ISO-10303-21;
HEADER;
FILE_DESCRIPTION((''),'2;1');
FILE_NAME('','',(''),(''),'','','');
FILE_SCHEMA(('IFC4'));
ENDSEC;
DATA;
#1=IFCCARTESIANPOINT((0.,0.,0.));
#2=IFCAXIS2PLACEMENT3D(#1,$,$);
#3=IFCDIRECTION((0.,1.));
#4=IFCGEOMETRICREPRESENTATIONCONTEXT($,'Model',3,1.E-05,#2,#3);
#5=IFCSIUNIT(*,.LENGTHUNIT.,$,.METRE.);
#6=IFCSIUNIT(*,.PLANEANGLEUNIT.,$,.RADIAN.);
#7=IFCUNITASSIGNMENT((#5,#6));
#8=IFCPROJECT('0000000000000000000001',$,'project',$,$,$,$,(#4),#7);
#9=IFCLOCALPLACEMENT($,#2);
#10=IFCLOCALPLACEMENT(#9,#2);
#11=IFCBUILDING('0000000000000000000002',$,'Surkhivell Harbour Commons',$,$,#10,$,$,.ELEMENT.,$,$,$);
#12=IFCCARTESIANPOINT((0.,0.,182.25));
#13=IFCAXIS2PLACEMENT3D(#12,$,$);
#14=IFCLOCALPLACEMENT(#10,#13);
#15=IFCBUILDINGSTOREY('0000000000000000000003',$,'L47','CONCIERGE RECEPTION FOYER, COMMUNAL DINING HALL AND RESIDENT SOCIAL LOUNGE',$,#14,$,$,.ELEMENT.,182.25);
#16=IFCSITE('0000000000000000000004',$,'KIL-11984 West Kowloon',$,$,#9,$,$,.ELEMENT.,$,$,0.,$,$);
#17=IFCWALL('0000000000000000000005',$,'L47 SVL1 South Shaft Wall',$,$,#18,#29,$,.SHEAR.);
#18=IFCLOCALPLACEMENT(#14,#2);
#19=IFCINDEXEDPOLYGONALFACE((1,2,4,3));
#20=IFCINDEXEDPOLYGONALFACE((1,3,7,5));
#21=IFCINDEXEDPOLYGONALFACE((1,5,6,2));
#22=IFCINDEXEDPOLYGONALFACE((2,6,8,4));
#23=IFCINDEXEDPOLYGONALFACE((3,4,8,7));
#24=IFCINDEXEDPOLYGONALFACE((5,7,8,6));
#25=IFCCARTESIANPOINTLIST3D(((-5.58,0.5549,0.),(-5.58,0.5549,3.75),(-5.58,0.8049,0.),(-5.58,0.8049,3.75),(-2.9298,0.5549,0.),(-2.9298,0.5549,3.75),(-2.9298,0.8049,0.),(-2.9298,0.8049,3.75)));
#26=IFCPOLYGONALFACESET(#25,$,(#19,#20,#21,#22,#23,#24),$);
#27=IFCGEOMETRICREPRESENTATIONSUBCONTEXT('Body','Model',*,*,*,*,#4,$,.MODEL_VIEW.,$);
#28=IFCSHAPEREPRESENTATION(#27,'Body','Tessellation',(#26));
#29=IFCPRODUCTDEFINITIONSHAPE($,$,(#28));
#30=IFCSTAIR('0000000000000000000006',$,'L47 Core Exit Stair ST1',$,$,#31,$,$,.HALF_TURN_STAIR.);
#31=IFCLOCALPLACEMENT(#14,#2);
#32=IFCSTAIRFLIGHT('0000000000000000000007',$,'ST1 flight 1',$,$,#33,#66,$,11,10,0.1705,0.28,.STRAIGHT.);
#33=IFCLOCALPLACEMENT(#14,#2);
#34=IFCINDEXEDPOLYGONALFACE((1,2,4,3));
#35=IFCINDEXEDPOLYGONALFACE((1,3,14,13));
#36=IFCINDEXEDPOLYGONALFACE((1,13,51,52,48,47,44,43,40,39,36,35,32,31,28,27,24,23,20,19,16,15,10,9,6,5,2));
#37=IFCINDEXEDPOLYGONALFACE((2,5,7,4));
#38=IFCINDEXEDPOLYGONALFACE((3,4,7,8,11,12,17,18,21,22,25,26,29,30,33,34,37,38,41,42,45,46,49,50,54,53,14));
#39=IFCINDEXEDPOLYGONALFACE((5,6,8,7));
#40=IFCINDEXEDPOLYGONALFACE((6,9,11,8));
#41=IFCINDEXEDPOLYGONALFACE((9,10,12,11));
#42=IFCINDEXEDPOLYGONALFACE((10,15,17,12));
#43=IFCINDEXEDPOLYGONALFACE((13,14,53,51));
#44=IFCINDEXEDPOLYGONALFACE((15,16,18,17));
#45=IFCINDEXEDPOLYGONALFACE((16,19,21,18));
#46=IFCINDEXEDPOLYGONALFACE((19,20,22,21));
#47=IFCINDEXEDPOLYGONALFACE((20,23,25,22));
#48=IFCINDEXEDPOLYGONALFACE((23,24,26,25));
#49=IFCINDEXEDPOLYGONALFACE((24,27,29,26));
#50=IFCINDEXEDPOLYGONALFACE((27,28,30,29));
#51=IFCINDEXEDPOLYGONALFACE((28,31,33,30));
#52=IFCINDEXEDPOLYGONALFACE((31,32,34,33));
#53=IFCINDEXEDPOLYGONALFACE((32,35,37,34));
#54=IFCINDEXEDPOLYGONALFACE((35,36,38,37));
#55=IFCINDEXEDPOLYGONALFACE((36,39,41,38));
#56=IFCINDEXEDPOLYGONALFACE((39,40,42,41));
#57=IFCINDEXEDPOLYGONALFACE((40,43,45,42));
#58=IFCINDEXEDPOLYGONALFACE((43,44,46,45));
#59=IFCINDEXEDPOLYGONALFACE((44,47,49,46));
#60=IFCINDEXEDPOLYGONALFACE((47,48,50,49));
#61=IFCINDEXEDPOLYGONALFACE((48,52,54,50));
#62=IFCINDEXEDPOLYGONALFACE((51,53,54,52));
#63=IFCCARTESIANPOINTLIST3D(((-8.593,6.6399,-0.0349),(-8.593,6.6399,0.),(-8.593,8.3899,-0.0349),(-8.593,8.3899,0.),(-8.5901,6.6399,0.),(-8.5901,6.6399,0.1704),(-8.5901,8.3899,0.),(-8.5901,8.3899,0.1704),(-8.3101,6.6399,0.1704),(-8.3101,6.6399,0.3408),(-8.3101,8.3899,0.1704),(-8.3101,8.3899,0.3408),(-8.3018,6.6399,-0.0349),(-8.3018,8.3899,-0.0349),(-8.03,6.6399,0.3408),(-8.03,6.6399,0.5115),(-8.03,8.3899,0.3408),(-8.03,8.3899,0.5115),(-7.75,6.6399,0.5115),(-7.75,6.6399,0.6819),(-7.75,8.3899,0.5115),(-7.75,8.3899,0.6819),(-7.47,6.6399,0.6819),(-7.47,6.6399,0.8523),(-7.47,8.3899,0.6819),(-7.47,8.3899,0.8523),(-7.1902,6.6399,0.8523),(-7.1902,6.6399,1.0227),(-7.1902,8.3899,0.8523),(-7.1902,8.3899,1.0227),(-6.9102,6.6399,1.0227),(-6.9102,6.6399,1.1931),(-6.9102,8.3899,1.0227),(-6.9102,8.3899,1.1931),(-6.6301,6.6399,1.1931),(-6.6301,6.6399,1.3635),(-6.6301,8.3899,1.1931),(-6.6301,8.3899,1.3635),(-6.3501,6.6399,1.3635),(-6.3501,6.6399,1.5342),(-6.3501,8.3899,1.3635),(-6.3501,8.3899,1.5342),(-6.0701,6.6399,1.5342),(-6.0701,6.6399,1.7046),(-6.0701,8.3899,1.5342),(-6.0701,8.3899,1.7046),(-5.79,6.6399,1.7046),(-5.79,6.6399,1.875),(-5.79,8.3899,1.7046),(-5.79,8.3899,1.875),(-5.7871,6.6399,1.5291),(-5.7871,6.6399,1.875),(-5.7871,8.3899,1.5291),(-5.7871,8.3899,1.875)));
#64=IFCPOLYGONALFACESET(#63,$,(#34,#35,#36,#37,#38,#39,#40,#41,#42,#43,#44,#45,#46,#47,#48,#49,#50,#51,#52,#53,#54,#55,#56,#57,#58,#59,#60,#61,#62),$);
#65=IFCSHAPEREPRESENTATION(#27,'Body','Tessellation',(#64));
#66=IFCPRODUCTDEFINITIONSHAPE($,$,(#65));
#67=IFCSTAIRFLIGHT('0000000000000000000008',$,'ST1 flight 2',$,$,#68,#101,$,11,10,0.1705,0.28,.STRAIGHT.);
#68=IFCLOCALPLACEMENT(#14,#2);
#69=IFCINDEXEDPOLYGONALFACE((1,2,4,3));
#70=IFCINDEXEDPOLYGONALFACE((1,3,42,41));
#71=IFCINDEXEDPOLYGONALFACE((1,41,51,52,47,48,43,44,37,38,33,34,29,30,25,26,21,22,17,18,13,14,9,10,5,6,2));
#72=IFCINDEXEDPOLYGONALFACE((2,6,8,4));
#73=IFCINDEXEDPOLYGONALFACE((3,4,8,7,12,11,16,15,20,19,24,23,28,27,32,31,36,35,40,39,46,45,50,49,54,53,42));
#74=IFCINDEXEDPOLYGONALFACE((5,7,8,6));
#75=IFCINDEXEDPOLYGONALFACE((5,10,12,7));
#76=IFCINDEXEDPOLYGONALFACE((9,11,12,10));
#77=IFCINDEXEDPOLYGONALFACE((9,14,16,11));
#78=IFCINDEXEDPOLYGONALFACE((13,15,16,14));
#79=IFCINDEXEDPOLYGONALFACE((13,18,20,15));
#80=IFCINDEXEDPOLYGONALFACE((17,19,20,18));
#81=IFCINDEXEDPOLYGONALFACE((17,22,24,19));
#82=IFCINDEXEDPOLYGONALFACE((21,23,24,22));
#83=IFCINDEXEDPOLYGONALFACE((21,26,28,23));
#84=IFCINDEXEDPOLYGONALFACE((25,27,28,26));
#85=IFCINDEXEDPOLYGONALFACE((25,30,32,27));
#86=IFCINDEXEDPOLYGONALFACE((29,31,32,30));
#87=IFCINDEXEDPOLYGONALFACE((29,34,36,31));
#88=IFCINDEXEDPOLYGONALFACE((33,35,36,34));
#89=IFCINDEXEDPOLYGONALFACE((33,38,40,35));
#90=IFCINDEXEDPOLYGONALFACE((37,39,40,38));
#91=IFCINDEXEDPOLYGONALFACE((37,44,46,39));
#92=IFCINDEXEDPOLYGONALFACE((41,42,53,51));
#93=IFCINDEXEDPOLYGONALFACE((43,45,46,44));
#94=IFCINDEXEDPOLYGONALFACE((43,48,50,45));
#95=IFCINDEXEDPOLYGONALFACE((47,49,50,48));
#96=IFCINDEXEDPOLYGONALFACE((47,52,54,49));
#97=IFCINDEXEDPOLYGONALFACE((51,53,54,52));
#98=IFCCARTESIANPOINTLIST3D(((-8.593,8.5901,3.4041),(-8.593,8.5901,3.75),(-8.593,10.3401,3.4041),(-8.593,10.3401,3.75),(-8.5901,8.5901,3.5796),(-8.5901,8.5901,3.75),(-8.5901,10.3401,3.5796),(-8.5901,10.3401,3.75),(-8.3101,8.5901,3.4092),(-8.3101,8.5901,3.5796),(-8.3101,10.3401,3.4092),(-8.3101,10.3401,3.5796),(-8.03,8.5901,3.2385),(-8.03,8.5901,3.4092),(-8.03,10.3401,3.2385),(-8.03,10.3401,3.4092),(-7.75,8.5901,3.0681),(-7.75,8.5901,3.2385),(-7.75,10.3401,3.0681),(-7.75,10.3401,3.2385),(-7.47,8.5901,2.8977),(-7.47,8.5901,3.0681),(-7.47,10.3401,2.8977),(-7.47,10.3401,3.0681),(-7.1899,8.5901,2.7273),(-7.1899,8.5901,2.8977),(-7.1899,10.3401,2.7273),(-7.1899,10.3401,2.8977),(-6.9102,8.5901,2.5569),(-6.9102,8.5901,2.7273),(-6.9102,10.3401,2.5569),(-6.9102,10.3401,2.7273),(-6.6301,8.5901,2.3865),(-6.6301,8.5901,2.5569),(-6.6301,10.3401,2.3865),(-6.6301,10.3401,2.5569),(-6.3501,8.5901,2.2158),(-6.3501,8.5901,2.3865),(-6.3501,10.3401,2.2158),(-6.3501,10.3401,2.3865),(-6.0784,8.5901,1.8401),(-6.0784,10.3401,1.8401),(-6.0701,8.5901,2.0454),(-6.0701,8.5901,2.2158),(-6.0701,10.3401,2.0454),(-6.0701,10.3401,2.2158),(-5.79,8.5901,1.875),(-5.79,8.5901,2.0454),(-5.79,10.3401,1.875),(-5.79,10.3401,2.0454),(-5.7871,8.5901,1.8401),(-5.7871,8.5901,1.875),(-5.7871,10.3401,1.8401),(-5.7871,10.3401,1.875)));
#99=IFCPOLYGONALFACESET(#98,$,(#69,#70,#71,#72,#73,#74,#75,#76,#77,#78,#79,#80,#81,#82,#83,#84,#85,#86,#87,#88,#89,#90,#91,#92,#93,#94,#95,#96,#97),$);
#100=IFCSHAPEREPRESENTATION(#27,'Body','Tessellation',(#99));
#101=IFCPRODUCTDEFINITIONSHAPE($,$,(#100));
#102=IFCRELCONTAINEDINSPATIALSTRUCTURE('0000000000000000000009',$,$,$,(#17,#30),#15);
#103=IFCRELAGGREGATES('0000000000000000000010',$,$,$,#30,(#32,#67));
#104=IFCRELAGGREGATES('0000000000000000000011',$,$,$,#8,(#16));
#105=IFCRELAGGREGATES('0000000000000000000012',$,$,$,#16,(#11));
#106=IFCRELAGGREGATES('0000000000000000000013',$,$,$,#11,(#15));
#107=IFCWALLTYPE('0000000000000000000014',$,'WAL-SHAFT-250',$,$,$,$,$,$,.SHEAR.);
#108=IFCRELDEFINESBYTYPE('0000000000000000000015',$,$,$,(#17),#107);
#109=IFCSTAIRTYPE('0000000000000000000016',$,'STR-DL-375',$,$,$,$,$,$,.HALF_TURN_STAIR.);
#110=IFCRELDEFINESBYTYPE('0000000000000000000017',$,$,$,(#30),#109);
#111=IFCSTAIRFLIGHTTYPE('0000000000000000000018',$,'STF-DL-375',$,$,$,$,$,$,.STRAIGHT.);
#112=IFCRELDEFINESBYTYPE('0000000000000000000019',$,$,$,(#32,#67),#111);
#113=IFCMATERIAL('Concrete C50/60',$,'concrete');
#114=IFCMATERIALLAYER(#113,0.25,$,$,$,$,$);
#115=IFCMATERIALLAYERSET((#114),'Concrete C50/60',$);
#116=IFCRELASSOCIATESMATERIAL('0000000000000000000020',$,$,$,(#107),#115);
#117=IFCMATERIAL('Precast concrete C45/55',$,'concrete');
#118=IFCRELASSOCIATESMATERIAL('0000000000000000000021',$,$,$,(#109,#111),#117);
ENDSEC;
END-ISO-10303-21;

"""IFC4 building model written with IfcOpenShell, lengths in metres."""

from ifc_helpers import new_model, si_unit, direction, frame, frame_2d, origin, place, context, subcontext, project, spatial, polyline, rectangle, outline, extrude, material, layer, layer_set, type_object, element, aggregate, save


model = new_model("IFC4")

# Units and contexts
model_context = context("Model", 3, precision=1e-05, world=origin(), true_north=direction((0.0, 1.0)))
body_context = subcontext(model_context, "Body", "Model", "MODEL_VIEW")
ifc_project = project(units=[si_unit("LENGTHUNIT", "METRE"), si_unit("PLANEANGLEUNIT", "RADIAN")], contexts=[model_context])

# Site, building, storey
site_placement = place(None, origin())
site = spatial("IfcSite", under=ifc_project, at=site_placement, Name="KIL-11984 West Kowloon", CompositionType="ELEMENT", RefElevation=0.0)
building_placement = place(site_placement, origin())
building = spatial("IfcBuilding", under=site, at=building_placement, Name="Surkhivell Harbour Commons", CompositionType="ELEMENT")
storey_placement = place(building_placement, frame((0.0, 0.0, 182.25)))
storey = spatial("IfcBuildingStorey", under=building, at=storey_placement, Name="L47", Description="CONCIERGE RECEPTION FOYER, COMMUNAL DINING HALL AND RESIDENT SOCIAL LOUNGE", CompositionType="ELEMENT", Elevation=182.25)

# Shared definitions
ifc_material_1 = material(Name="Concrete C50/60", Category="concrete")
ifc_layer_1 = layer(ifc_material_1, 0.25)
ifc_layer_set_1 = layer_set([ifc_layer_1], Name="Concrete C50/60")
wall_type_1 = type_object("IfcWallType", Name="WAL-SHAFT-250", PredefinedType="SHEAR", material=ifc_layer_set_1)

# Wall
wall_1_placement = place(storey_placement, frame((-5.5801, 0.6799, 0.0), z_axis=(0.0, 0.0, 1.0), x_axis=(1.0, 0.0, 0.0)))
element("IfcWall", 1, at=wall_1_placement, inside=storey, type_object=wall_type_1, Name="L47 SVL1 South Shaft Wall", PredefinedType="SHEAR", context=body_context, shape_type="SweptSolid", body=[
    extrude(rectangle(XDim=2.6501, YDim=0.25, at=frame_2d((1.3252, 0.0))), origin(), (0.0, 0.0, 1.0), 3.75),
])

# Stair, stair flights
ifc_material_2 = material(Name="Precast concrete C45/55", Category="concrete")
stair_type = type_object("IfcStairType", Name="STR-DL-375", PredefinedType="HALF_TURN_STAIR", material=ifc_material_2)
stair_placement = place(storey_placement, origin())
stair = element("IfcStair", 2, at=stair_placement, inside=storey, type_object=stair_type, Name="L47 Core Exit Stair ST1", PredefinedType="HALF_TURN_STAIR")
stair_flight_type = type_object("IfcStairFlightType", Name="STF-DL-375", PredefinedType="STRAIGHT", material=ifc_material_2)
stair_flight_1_placement = place(storey_placement, frame((-8.5901, 7.5149, 0.0), z_axis=(0.0, 0.0, 1.0), x_axis=(1.0, 0.0, 0.0)))
stair_flight_1 = element("IfcStairFlight", 3, at=stair_flight_1_placement, type_object=stair_flight_type, Name="ST1 flight 1", NumberOfRisers=11, NumberOfTreads=10, PredefinedType="STRAIGHT", RiserHeight=0.1705, TreadLength=0.28, context=body_context, shape_type="SweptSolid", body=[
    extrude(outline(polyline([(-0.0029, -0.0349), (-0.0029, 0.0), (0.0, 0.0), (0.0, 0.1704), (0.28, 0.1704), (0.28, 0.3408), (0.5601, 0.3408), (0.5601, 0.5115), (0.8401, 0.5115), (0.8401, 0.6819), (1.1201, 0.6819), (1.1201, 0.8523), (1.3999, 0.8523), (1.3999, 1.0227), (1.6799, 1.0227), (1.6799, 1.1931), (1.96, 1.1931), (1.96, 1.3635), (2.24, 1.3635), (2.24, 1.5342), (2.52, 1.5342), (2.52, 1.7046), (2.8, 1.7046), (2.8, 1.875), (2.803, 1.875), (2.803, 1.5291), (0.2883, -0.0349), (-0.0029, -0.0349)])), frame((0.0, 0.875, 0.0), z_axis=(0.0, -1.0, 0.0), x_axis=(1.0, 0.0, 0.0)), (0.0, 0.0, 1.0), 1.75),
])
stair_flight_2_placement = place(storey_placement, frame((-5.79, 9.4651, 1.875), z_axis=(0.0, 0.0, 1.0), x_axis=(-1.0, 0.0, 0.0)))
stair_flight_2 = element("IfcStairFlight", 4, at=stair_flight_2_placement, type_object=stair_flight_type, Name="ST1 flight 2", NumberOfRisers=11, NumberOfTreads=10, PredefinedType="STRAIGHT", RiserHeight=0.1705, TreadLength=0.28, context=body_context, shape_type="SweptSolid", body=[
    extrude(outline(polyline([(-0.0029, -0.0349), (-0.0029, 0.0), (0.0, 0.0), (0.0, 0.1704), (0.28, 0.1704), (0.28, 0.3408), (0.5601, 0.3408), (0.5601, 0.5115), (0.8401, 0.5115), (0.8401, 0.6819), (1.1201, 0.6819), (1.1201, 0.8523), (1.3999, 0.8523), (1.3999, 1.0227), (1.6799, 1.0227), (1.6799, 1.1931), (1.96, 1.1931), (1.96, 1.3635), (2.24, 1.3635), (2.24, 1.5342), (2.52, 1.5342), (2.52, 1.7046), (2.8, 1.7046), (2.8, 1.875), (2.803, 1.875), (2.803, 1.5291), (0.2883, -0.0349), (-0.0029, -0.0349)])), frame((0.0, 0.875, 0.0), z_axis=(0.0, -1.0, 0.0), x_axis=(1.0, 0.0, 0.0)), (0.0, 0.0, 1.0), 1.75),
])
aggregate(stair, [stair_flight_1, stair_flight_2])

save(model, "model.ifc")
